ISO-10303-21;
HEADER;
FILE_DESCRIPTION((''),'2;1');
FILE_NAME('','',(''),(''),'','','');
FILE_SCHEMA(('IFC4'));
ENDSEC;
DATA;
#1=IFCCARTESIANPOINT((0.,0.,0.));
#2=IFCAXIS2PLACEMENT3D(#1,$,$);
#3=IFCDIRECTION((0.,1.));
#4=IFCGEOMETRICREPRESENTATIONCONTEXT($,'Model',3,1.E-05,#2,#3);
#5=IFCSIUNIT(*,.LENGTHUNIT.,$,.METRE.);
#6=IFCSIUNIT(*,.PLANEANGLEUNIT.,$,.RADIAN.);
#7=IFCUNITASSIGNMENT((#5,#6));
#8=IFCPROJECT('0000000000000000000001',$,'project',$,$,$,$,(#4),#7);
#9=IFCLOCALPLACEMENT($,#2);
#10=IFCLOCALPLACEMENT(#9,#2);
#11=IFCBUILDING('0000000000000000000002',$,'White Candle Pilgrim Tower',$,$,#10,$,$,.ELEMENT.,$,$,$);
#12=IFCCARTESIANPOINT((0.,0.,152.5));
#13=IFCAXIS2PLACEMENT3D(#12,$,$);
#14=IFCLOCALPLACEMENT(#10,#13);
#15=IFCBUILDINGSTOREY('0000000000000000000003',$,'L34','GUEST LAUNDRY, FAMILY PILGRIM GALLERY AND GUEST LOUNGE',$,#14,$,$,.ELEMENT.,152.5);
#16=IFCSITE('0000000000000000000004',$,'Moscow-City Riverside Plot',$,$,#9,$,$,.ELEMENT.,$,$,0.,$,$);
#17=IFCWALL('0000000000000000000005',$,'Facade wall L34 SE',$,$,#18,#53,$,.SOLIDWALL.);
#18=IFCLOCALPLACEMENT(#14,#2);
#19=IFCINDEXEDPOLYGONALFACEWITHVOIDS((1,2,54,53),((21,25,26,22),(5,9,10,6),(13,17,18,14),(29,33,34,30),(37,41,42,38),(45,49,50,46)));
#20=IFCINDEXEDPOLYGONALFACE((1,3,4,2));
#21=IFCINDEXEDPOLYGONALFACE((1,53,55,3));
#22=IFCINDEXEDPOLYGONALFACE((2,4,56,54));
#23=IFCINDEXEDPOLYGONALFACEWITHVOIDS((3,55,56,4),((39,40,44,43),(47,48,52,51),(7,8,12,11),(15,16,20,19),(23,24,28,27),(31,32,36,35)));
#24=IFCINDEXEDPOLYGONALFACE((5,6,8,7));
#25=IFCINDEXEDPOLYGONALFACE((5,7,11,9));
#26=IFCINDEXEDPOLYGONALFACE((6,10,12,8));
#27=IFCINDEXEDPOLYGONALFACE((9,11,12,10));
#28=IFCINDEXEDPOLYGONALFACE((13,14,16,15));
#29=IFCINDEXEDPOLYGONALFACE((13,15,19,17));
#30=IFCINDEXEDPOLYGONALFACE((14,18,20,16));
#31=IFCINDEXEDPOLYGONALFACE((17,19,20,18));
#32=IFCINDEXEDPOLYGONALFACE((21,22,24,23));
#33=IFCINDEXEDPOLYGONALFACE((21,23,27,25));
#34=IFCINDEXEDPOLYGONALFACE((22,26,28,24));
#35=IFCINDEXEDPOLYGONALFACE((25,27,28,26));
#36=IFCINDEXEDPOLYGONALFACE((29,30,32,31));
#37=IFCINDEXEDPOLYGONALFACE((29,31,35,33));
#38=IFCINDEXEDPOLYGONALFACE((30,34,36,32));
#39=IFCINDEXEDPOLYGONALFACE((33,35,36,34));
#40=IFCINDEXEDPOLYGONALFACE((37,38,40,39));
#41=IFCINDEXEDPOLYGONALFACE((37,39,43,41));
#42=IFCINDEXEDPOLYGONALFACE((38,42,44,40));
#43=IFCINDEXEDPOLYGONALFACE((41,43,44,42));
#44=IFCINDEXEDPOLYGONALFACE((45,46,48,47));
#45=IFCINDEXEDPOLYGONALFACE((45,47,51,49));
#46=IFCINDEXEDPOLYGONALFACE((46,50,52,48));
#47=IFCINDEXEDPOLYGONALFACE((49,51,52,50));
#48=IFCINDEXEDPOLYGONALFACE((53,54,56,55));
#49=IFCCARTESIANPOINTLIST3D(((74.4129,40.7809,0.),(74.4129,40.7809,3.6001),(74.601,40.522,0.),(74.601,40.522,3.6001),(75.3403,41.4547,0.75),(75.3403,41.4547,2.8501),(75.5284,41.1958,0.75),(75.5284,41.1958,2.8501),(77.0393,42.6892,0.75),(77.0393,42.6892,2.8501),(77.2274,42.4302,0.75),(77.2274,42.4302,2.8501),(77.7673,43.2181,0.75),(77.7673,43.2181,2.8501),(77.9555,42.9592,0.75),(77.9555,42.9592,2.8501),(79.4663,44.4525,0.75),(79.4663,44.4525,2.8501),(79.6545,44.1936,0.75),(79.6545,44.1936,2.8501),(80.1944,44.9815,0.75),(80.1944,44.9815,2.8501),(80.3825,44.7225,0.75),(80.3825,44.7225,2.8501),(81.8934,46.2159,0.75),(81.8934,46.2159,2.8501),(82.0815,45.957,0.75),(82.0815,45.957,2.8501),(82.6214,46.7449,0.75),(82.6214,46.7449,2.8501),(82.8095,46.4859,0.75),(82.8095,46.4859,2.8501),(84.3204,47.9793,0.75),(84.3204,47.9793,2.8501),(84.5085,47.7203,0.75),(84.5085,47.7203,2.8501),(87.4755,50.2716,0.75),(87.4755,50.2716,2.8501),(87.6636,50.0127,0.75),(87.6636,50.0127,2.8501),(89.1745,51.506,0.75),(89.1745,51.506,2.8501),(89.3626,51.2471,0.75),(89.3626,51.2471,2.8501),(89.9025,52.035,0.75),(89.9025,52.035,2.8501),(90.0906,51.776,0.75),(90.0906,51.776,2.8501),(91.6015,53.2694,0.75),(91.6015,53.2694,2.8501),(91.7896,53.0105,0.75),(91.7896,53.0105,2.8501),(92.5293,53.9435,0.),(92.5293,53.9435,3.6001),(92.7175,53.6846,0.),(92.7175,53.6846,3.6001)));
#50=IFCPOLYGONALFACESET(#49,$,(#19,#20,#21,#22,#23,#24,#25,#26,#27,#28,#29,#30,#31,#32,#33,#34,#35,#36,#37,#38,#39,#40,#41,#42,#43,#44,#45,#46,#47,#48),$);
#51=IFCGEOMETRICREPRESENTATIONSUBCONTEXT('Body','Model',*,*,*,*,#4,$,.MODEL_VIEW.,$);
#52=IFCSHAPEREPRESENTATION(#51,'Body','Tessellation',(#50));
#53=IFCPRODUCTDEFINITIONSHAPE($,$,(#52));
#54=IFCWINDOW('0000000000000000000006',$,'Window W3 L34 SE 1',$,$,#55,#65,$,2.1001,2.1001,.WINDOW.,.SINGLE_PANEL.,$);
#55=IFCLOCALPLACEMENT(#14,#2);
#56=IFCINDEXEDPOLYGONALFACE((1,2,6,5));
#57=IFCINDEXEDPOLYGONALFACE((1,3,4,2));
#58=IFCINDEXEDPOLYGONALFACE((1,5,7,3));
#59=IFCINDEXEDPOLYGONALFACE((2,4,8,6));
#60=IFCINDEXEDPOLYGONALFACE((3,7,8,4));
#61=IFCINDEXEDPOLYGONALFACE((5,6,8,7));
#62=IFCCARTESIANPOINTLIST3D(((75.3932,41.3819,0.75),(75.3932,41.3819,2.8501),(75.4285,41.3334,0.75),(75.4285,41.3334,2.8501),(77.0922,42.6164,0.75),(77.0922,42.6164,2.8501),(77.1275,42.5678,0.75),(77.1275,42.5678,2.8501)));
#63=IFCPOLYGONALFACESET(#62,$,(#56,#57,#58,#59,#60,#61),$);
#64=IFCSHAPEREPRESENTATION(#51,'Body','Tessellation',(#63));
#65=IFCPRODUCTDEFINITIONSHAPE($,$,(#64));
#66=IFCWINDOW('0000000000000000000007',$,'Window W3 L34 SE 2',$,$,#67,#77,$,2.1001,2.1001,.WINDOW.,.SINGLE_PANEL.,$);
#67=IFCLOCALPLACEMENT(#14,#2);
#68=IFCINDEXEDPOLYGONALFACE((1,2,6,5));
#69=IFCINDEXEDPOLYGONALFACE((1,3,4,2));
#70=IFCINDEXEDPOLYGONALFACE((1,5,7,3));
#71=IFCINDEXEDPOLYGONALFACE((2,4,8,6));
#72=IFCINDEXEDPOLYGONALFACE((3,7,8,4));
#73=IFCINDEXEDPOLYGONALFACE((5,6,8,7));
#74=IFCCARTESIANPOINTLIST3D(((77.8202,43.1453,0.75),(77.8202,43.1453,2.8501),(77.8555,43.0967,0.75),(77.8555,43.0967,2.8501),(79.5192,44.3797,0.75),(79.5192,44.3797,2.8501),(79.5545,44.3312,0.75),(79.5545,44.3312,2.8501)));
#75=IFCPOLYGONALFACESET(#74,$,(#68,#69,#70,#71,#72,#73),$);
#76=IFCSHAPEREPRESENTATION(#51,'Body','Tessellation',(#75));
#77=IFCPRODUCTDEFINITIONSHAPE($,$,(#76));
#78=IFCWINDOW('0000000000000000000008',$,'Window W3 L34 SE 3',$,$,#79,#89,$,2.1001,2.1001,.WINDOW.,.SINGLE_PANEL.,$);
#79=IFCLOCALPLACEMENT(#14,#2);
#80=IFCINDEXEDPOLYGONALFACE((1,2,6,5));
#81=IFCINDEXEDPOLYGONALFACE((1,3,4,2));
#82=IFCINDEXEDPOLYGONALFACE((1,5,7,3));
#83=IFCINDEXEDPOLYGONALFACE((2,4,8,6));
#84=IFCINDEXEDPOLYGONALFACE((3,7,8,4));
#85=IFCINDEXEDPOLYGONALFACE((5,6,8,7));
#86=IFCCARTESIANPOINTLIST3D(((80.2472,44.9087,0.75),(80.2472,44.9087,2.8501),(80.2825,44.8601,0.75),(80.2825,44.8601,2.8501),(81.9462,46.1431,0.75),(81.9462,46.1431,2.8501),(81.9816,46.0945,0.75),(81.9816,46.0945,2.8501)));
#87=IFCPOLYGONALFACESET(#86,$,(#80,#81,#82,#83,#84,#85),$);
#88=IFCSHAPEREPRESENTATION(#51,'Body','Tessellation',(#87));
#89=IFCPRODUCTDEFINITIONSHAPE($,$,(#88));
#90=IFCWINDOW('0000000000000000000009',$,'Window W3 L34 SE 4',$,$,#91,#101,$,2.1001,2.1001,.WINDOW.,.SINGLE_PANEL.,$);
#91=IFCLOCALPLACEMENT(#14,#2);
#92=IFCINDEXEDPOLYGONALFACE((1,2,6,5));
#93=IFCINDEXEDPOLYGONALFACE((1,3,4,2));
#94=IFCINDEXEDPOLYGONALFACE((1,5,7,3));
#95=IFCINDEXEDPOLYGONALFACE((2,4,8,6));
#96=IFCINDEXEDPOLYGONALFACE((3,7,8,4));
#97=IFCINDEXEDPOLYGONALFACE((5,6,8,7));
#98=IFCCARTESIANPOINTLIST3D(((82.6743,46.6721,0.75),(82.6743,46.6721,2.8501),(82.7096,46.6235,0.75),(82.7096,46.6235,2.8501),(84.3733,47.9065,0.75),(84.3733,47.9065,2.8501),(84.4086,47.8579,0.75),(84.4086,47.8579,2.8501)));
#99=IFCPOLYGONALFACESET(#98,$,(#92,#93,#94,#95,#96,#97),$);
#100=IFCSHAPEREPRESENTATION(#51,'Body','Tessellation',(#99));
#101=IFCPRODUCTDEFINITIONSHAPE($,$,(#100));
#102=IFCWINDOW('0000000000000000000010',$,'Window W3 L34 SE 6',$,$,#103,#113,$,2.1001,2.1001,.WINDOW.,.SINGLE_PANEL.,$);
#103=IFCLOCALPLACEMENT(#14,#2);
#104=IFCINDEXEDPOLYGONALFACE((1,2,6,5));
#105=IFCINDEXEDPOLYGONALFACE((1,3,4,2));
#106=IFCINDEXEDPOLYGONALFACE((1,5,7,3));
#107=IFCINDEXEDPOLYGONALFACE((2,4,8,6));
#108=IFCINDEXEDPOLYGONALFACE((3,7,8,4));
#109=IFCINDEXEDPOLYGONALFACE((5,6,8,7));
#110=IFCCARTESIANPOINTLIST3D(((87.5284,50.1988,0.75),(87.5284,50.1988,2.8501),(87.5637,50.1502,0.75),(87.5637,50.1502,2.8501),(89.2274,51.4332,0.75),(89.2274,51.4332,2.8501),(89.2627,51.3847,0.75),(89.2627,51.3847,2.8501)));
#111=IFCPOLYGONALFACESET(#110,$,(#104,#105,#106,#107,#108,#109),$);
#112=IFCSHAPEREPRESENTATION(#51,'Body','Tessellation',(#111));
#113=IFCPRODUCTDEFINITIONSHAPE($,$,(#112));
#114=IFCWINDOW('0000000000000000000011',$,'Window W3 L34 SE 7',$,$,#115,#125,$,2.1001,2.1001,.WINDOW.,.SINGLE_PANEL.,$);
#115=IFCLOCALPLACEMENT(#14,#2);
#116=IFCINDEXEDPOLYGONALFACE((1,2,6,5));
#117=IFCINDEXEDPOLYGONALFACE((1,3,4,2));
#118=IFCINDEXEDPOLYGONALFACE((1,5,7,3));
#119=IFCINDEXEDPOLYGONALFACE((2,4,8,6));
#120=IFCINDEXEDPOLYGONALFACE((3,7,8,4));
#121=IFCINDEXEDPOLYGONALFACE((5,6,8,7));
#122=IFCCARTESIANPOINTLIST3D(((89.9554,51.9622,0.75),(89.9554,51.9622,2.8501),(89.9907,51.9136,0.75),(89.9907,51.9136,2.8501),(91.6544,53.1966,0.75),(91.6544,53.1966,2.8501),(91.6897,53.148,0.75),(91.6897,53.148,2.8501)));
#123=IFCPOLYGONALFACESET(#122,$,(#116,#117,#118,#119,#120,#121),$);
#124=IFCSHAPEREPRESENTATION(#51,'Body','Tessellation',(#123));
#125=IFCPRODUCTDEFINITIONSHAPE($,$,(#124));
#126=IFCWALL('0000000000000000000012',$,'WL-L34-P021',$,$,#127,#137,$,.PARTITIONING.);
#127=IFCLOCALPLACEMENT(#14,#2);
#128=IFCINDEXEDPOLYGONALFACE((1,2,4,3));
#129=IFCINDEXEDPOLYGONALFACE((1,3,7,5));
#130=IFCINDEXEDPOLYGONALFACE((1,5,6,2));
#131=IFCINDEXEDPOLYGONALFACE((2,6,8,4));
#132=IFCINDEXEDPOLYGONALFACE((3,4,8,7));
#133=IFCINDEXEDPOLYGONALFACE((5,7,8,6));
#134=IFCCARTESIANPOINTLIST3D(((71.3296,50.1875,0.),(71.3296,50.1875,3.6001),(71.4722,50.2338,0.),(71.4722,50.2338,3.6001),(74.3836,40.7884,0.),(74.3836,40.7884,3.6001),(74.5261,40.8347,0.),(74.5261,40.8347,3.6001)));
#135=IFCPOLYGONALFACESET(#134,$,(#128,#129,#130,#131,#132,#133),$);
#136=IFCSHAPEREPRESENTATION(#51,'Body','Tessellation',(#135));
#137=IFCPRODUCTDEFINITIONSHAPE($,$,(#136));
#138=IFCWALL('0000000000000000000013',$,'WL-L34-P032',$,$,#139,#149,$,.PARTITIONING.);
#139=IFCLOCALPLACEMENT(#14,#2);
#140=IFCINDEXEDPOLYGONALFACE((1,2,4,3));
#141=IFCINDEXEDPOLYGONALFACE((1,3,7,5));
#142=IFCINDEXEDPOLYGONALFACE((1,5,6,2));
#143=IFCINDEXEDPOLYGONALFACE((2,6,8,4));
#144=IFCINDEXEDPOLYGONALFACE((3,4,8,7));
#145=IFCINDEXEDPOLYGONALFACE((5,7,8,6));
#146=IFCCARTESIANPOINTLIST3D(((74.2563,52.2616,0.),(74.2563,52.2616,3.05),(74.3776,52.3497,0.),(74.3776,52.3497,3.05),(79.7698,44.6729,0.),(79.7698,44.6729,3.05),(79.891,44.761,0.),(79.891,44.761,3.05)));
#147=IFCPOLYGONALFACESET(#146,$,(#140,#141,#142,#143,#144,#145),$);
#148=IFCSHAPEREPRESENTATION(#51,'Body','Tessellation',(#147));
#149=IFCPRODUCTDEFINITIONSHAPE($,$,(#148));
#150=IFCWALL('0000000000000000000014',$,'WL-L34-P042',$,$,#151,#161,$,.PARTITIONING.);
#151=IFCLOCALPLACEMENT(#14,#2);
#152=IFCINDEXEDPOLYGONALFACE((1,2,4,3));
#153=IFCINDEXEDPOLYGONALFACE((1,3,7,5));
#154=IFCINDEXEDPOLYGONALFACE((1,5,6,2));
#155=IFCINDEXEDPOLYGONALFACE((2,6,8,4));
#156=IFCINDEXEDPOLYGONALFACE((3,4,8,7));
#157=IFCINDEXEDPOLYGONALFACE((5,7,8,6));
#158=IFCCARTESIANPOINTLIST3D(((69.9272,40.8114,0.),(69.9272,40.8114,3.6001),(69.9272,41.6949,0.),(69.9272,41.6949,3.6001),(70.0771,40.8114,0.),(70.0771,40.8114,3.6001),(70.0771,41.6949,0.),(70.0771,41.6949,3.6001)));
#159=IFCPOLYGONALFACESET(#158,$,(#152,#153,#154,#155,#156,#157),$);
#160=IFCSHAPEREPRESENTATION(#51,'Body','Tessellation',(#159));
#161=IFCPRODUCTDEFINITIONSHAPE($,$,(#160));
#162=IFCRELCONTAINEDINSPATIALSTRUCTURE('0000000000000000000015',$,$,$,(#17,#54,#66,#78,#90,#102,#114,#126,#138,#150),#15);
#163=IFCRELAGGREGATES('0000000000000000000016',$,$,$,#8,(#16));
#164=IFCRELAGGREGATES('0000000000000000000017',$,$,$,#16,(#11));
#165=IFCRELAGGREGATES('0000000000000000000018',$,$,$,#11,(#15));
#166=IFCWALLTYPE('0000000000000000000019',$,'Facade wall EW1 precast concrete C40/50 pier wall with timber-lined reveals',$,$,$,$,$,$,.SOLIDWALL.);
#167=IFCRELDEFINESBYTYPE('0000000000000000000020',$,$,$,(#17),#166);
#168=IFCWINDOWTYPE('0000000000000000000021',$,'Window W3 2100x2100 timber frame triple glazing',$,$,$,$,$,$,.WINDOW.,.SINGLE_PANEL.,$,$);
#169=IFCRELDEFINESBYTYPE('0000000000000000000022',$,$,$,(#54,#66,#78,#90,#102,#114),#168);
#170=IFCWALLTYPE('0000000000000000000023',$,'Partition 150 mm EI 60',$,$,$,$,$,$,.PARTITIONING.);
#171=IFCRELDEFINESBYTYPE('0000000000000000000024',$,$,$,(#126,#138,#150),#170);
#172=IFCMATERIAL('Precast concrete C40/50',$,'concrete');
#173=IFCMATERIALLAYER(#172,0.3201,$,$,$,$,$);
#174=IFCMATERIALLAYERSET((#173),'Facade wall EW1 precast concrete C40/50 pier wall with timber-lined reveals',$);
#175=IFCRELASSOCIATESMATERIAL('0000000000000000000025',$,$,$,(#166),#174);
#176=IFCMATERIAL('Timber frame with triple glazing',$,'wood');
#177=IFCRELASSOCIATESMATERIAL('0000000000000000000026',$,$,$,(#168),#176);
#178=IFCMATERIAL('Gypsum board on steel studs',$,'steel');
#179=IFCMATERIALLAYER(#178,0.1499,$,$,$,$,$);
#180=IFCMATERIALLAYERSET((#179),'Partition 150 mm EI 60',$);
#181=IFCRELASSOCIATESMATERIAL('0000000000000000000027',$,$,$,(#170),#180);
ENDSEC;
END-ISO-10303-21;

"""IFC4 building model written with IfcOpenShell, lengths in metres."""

from ifc_helpers import new_model, si_unit, direction, frame, frame_2d, origin, place, context, subcontext, project, spatial, rectangle, extrude, material, layer, layer_set, type_object, element, fill, save


model = new_model("IFC4")

# Units and contexts
model_context = context("Model", 3, precision=1e-05, world=origin(), true_north=direction((0.0, 1.0)))
body_context = subcontext(model_context, "Body", "Model", "MODEL_VIEW")
ifc_project = project(units=[si_unit("LENGTHUNIT", "METRE"), si_unit("PLANEANGLEUNIT", "RADIAN")], contexts=[model_context])

# Site, building, storey
site_placement = place(None, origin())
site = spatial("IfcSite", under=ifc_project, at=site_placement, Name="Moscow-City Riverside Plot", CompositionType="ELEMENT", RefElevation=0.0)
building_placement = place(site_placement, origin())
building = spatial("IfcBuilding", under=site, at=building_placement, Name="White Candle Pilgrim Tower", CompositionType="ELEMENT")
storey_placement = place(building_placement, frame((0.0, 0.0, 152.5)))
storey = spatial("IfcBuildingStorey", under=building, at=storey_placement, Name="L34", Description="GUEST LAUNDRY, FAMILY PILGRIM GALLERY AND GUEST LOUNGE", CompositionType="ELEMENT", Elevation=152.5)

# Shared definitions
ifc_material_1 = material(Name="Gypsum board on steel studs", Category="steel")

# Wall, openings, windows
ifc_material_2 = material(Name="Precast concrete C40/50", Category="concrete")
ifc_layer_1 = layer(ifc_material_2, 0.3201)
ifc_layer_set_1 = layer_set([ifc_layer_1], Name="Facade wall EW1 precast concrete C40/50 pier wall with timber-lined reveals")
wall_type_1 = type_object("IfcWallType", Name="Facade wall EW1 precast concrete C40/50 pier wall with timber-lined reveals", PredefinedType="SOLIDWALL", material=ifc_layer_set_1)
wall_1_placement = place(storey_placement, frame((74.5068, 40.6514, 0.0), z_axis=(0.0, 0.0, 1.0), x_axis=(0.809012, 0.587792, 0.0)))
wall_1 = element("IfcWall", 1, at=wall_1_placement, inside=storey, type_object=wall_type_1, Name="Facade wall L34 SE", PredefinedType="SOLIDWALL", context=body_context, shape_type="SweptSolid", body=[
    extrude(rectangle(XDim=22.3933, YDim=0.3201, at=frame_2d((11.1968, 0.0))), origin(), (0.0, 0.0, 1.0), 3.6001),
])
opening_1_placement = place(wall_1_placement, frame((1.1465, 0.0, 0.75)))
opening_1 = element("IfcOpeningElement", 2, at=opening_1_placement, cuts=wall_1, PredefinedType="OPENING", context=body_context, shape_type="SweptSolid", body=[
    extrude(rectangle(XDim=2.1001, YDim=2.1001, at=frame_2d((1.05, 1.05))), frame((0.0, 0.1699, 0.0), z_axis=(0.0, -1.0, 0.0), x_axis=(1.0, 0.0, 0.0)), (0.0, 0.0, 1.0), 0.3401),
])
opening_2_placement = place(wall_1_placement, frame((4.1465, 0.0, 0.75)))
opening_2 = element("IfcOpeningElement", 3, at=opening_2_placement, cuts=wall_1, PredefinedType="OPENING", context=body_context, shape_type="SweptSolid", body=[
    extrude(rectangle(XDim=2.1001, YDim=2.1001, at=frame_2d((1.05, 1.05))), frame((0.0, 0.1699, 0.0), z_axis=(0.0, -1.0, 0.0), x_axis=(1.0, 0.0, 0.0)), (0.0, 0.0, 1.0), 0.3401),
])
opening_3_placement = place(wall_1_placement, frame((7.1465, 0.0, 0.75)))
opening_3 = element("IfcOpeningElement", 4, at=opening_3_placement, cuts=wall_1, PredefinedType="OPENING", context=body_context, shape_type="SweptSolid", body=[
    extrude(rectangle(XDim=2.1001, YDim=2.1001, at=frame_2d((1.05, 1.05))), frame((0.0, 0.1699, 0.0), z_axis=(0.0, -1.0, 0.0), x_axis=(1.0, 0.0, 0.0)), (0.0, 0.0, 1.0), 0.3401),
])
opening_4_placement = place(wall_1_placement, frame((10.1465, 0.0, 0.75)))
opening_4 = element("IfcOpeningElement", 5, at=opening_4_placement, cuts=wall_1, PredefinedType="OPENING", context=body_context, shape_type="SweptSolid", body=[
    extrude(rectangle(XDim=2.1001, YDim=2.1001, at=frame_2d((1.05, 1.05))), frame((0.0, 0.1699, 0.0), z_axis=(0.0, -1.0, 0.0), x_axis=(1.0, 0.0, 0.0)), (0.0, 0.0, 1.0), 0.3401),
])
opening_5_placement = place(wall_1_placement, frame((16.1465, 0.0, 0.75)))
opening_5 = element("IfcOpeningElement", 6, at=opening_5_placement, cuts=wall_1, PredefinedType="OPENING", context=body_context, shape_type="SweptSolid", body=[
    extrude(rectangle(XDim=2.1001, YDim=2.1001, at=frame_2d((1.05, 1.05))), frame((0.0, 0.1699, 0.0), z_axis=(0.0, -1.0, 0.0), x_axis=(1.0, 0.0, 0.0)), (0.0, 0.0, 1.0), 0.3401),
])
opening_6_placement = place(wall_1_placement, frame((19.1465, 0.0, 0.75)))
opening_6 = element("IfcOpeningElement", 7, at=opening_6_placement, cuts=wall_1, PredefinedType="OPENING", context=body_context, shape_type="SweptSolid", body=[
    extrude(rectangle(XDim=2.1001, YDim=2.1001, at=frame_2d((1.05, 1.05))), frame((0.0, 0.1699, 0.0), z_axis=(0.0, -1.0, 0.0), x_axis=(1.0, 0.0, 0.0)), (0.0, 0.0, 1.0), 0.3401),
])
ifc_material_3 = material(Name="Timber frame with triple glazing", Category="wood")
window_type = type_object("IfcWindowType", Name="Window W3 2100x2100 timber frame triple glazing", PartitioningType="SINGLE_PANEL", PredefinedType="WINDOW", material=ifc_material_3)
window_1_placement = place(opening_1_placement, origin())
window_1 = element("IfcWindow", 8, at=window_1_placement, inside=storey, type_object=window_type, Name="Window W3 L34 SE 1", OverallHeight=2.1001, OverallWidth=2.1001, PartitioningType="SINGLE_PANEL", PredefinedType="WINDOW", context=body_context, shape_type="SweptSolid", body=[
    extrude(rectangle(XDim=2.1001, YDim=2.1001, at=frame_2d((1.05, 1.05))), frame((0.0, 0.0701, 0.0), z_axis=(0.0, -1.0, 0.0), x_axis=(1.0, 0.0, 0.0)), (0.0, 0.0, 1.0), 0.0601),
])
fill(opening_1, window_1)
window_2_placement = place(opening_2_placement, origin())
window_2 = element("IfcWindow", 9, at=window_2_placement, inside=storey, type_object=window_type, Name="Window W3 L34 SE 2", OverallHeight=2.1001, OverallWidth=2.1001, PartitioningType="SINGLE_PANEL", PredefinedType="WINDOW", context=body_context, shape_type="SweptSolid", body=[
    extrude(rectangle(XDim=2.1001, YDim=2.1001, at=frame_2d((1.05, 1.05))), frame((0.0, 0.0701, 0.0), z_axis=(0.0, -1.0, 0.0), x_axis=(1.0, 0.0, 0.0)), (0.0, 0.0, 1.0), 0.0601),
])
fill(opening_2, window_2)
window_3_placement = place(opening_3_placement, origin())
window_3 = element("IfcWindow", 10, at=window_3_placement, inside=storey, type_object=window_type, Name="Window W3 L34 SE 3", OverallHeight=2.1001, OverallWidth=2.1001, PartitioningType="SINGLE_PANEL", PredefinedType="WINDOW", context=body_context, shape_type="SweptSolid", body=[
    extrude(rectangle(XDim=2.1001, YDim=2.1001, at=frame_2d((1.05, 1.05))), frame((0.0, 0.0701, 0.0), z_axis=(0.0, -1.0, 0.0), x_axis=(1.0, 0.0, 0.0)), (0.0, 0.0, 1.0), 0.0601),
])
fill(opening_3, window_3)
window_4_placement = place(opening_4_placement, origin())
window_4 = element("IfcWindow", 11, at=window_4_placement, inside=storey, type_object=window_type, Name="Window W3 L34 SE 4", OverallHeight=2.1001, OverallWidth=2.1001, PartitioningType="SINGLE_PANEL", PredefinedType="WINDOW", context=body_context, shape_type="SweptSolid", body=[
    extrude(rectangle(XDim=2.1001, YDim=2.1001, at=frame_2d((1.05, 1.05))), frame((0.0, 0.0701, 0.0), z_axis=(0.0, -1.0, 0.0), x_axis=(1.0, 0.0, 0.0)), (0.0, 0.0, 1.0), 0.0601),
])
fill(opening_4, window_4)
window_5_placement = place(opening_5_placement, origin())
window_5 = element("IfcWindow", 12, at=window_5_placement, inside=storey, type_object=window_type, Name="Window W3 L34 SE 6", OverallHeight=2.1001, OverallWidth=2.1001, PartitioningType="SINGLE_PANEL", PredefinedType="WINDOW", context=body_context, shape_type="SweptSolid", body=[
    extrude(rectangle(XDim=2.1001, YDim=2.1001, at=frame_2d((1.05, 1.05))), frame((0.0, 0.0701, 0.0), z_axis=(0.0, -1.0, 0.0), x_axis=(1.0, 0.0, 0.0)), (0.0, 0.0, 1.0), 0.0601),
])
fill(opening_5, window_5)
window_6_placement = place(opening_6_placement, origin())
window_6 = element("IfcWindow", 13, at=window_6_placement, inside=storey, type_object=window_type, Name="Window W3 L34 SE 7", OverallHeight=2.1001, OverallWidth=2.1001, PartitioningType="SINGLE_PANEL", PredefinedType="WINDOW", context=body_context, shape_type="SweptSolid", body=[
    extrude(rectangle(XDim=2.1001, YDim=2.1001, at=frame_2d((1.05, 1.05))), frame((0.0, 0.0701, 0.0), z_axis=(0.0, -1.0, 0.0), x_axis=(1.0, 0.0, 0.0)), (0.0, 0.0, 1.0), 0.0601),
])
fill(opening_6, window_6)

# Walls
ifc_layer_2 = layer(ifc_material_1, 0.1499)
ifc_layer_set_2 = layer_set([ifc_layer_2], Name="Partition 150 mm EI 60")
wall_type_2 = type_object("IfcWallType", Name="Partition 150 mm EI 60", PredefinedType="PARTITIONING", material=ifc_layer_set_2)
wall_2_placement = place(storey_placement, frame((74.4548, 40.8115, 0.0), z_axis=(0.0, 0.0, 1.0), x_axis=(-0.309015, 0.951057, 0.0)))
element("IfcWall", 14, at=wall_2_placement, inside=storey, type_object=wall_type_2, Name="WL-L34-P021", PredefinedType="PARTITIONING", context=body_context, shape_type="SweptSolid", body=[
    extrude(rectangle(XDim=9.8828, YDim=0.1499, at=frame_2d((4.9414, 0.0))), origin(), (0.0, 0.0, 1.0), 3.6001),
])
wall_3_placement = place(storey_placement, frame((79.8303, 44.717, 0.0), z_axis=(0.0, 0.0, 1.0), x_axis=(-0.587783, 0.809018, 0.0)))
element("IfcWall", 15, at=wall_3_placement, inside=storey, type_object=wall_type_2, Name="WL-L34-P032", PredefinedType="PARTITIONING", context=body_context, shape_type="SweptSolid", body=[
    extrude(rectangle(XDim=9.3801, YDim=0.1499, at=frame_2d((4.6899, 0.0))), origin(), (0.0, 0.0, 1.0), 3.05),
])
wall_4_placement = place(storey_placement, frame((70.0022, 41.6951, 0.0), z_axis=(0.0, 0.0, 1.0), x_axis=(0.0, -1.0, 0.0)))
element("IfcWall", 16, at=wall_4_placement, inside=storey, type_object=wall_type_2, Name="WL-L34-P042", PredefinedType="PARTITIONING", context=body_context, shape_type="SweptSolid", body=[
    extrude(rectangle(XDim=0.8835, YDim=0.1499, at=frame_2d((0.4419, 0.0))), origin(), (0.0, 0.0, 1.0), 3.6001),
])

save(model, "model.ifc")
